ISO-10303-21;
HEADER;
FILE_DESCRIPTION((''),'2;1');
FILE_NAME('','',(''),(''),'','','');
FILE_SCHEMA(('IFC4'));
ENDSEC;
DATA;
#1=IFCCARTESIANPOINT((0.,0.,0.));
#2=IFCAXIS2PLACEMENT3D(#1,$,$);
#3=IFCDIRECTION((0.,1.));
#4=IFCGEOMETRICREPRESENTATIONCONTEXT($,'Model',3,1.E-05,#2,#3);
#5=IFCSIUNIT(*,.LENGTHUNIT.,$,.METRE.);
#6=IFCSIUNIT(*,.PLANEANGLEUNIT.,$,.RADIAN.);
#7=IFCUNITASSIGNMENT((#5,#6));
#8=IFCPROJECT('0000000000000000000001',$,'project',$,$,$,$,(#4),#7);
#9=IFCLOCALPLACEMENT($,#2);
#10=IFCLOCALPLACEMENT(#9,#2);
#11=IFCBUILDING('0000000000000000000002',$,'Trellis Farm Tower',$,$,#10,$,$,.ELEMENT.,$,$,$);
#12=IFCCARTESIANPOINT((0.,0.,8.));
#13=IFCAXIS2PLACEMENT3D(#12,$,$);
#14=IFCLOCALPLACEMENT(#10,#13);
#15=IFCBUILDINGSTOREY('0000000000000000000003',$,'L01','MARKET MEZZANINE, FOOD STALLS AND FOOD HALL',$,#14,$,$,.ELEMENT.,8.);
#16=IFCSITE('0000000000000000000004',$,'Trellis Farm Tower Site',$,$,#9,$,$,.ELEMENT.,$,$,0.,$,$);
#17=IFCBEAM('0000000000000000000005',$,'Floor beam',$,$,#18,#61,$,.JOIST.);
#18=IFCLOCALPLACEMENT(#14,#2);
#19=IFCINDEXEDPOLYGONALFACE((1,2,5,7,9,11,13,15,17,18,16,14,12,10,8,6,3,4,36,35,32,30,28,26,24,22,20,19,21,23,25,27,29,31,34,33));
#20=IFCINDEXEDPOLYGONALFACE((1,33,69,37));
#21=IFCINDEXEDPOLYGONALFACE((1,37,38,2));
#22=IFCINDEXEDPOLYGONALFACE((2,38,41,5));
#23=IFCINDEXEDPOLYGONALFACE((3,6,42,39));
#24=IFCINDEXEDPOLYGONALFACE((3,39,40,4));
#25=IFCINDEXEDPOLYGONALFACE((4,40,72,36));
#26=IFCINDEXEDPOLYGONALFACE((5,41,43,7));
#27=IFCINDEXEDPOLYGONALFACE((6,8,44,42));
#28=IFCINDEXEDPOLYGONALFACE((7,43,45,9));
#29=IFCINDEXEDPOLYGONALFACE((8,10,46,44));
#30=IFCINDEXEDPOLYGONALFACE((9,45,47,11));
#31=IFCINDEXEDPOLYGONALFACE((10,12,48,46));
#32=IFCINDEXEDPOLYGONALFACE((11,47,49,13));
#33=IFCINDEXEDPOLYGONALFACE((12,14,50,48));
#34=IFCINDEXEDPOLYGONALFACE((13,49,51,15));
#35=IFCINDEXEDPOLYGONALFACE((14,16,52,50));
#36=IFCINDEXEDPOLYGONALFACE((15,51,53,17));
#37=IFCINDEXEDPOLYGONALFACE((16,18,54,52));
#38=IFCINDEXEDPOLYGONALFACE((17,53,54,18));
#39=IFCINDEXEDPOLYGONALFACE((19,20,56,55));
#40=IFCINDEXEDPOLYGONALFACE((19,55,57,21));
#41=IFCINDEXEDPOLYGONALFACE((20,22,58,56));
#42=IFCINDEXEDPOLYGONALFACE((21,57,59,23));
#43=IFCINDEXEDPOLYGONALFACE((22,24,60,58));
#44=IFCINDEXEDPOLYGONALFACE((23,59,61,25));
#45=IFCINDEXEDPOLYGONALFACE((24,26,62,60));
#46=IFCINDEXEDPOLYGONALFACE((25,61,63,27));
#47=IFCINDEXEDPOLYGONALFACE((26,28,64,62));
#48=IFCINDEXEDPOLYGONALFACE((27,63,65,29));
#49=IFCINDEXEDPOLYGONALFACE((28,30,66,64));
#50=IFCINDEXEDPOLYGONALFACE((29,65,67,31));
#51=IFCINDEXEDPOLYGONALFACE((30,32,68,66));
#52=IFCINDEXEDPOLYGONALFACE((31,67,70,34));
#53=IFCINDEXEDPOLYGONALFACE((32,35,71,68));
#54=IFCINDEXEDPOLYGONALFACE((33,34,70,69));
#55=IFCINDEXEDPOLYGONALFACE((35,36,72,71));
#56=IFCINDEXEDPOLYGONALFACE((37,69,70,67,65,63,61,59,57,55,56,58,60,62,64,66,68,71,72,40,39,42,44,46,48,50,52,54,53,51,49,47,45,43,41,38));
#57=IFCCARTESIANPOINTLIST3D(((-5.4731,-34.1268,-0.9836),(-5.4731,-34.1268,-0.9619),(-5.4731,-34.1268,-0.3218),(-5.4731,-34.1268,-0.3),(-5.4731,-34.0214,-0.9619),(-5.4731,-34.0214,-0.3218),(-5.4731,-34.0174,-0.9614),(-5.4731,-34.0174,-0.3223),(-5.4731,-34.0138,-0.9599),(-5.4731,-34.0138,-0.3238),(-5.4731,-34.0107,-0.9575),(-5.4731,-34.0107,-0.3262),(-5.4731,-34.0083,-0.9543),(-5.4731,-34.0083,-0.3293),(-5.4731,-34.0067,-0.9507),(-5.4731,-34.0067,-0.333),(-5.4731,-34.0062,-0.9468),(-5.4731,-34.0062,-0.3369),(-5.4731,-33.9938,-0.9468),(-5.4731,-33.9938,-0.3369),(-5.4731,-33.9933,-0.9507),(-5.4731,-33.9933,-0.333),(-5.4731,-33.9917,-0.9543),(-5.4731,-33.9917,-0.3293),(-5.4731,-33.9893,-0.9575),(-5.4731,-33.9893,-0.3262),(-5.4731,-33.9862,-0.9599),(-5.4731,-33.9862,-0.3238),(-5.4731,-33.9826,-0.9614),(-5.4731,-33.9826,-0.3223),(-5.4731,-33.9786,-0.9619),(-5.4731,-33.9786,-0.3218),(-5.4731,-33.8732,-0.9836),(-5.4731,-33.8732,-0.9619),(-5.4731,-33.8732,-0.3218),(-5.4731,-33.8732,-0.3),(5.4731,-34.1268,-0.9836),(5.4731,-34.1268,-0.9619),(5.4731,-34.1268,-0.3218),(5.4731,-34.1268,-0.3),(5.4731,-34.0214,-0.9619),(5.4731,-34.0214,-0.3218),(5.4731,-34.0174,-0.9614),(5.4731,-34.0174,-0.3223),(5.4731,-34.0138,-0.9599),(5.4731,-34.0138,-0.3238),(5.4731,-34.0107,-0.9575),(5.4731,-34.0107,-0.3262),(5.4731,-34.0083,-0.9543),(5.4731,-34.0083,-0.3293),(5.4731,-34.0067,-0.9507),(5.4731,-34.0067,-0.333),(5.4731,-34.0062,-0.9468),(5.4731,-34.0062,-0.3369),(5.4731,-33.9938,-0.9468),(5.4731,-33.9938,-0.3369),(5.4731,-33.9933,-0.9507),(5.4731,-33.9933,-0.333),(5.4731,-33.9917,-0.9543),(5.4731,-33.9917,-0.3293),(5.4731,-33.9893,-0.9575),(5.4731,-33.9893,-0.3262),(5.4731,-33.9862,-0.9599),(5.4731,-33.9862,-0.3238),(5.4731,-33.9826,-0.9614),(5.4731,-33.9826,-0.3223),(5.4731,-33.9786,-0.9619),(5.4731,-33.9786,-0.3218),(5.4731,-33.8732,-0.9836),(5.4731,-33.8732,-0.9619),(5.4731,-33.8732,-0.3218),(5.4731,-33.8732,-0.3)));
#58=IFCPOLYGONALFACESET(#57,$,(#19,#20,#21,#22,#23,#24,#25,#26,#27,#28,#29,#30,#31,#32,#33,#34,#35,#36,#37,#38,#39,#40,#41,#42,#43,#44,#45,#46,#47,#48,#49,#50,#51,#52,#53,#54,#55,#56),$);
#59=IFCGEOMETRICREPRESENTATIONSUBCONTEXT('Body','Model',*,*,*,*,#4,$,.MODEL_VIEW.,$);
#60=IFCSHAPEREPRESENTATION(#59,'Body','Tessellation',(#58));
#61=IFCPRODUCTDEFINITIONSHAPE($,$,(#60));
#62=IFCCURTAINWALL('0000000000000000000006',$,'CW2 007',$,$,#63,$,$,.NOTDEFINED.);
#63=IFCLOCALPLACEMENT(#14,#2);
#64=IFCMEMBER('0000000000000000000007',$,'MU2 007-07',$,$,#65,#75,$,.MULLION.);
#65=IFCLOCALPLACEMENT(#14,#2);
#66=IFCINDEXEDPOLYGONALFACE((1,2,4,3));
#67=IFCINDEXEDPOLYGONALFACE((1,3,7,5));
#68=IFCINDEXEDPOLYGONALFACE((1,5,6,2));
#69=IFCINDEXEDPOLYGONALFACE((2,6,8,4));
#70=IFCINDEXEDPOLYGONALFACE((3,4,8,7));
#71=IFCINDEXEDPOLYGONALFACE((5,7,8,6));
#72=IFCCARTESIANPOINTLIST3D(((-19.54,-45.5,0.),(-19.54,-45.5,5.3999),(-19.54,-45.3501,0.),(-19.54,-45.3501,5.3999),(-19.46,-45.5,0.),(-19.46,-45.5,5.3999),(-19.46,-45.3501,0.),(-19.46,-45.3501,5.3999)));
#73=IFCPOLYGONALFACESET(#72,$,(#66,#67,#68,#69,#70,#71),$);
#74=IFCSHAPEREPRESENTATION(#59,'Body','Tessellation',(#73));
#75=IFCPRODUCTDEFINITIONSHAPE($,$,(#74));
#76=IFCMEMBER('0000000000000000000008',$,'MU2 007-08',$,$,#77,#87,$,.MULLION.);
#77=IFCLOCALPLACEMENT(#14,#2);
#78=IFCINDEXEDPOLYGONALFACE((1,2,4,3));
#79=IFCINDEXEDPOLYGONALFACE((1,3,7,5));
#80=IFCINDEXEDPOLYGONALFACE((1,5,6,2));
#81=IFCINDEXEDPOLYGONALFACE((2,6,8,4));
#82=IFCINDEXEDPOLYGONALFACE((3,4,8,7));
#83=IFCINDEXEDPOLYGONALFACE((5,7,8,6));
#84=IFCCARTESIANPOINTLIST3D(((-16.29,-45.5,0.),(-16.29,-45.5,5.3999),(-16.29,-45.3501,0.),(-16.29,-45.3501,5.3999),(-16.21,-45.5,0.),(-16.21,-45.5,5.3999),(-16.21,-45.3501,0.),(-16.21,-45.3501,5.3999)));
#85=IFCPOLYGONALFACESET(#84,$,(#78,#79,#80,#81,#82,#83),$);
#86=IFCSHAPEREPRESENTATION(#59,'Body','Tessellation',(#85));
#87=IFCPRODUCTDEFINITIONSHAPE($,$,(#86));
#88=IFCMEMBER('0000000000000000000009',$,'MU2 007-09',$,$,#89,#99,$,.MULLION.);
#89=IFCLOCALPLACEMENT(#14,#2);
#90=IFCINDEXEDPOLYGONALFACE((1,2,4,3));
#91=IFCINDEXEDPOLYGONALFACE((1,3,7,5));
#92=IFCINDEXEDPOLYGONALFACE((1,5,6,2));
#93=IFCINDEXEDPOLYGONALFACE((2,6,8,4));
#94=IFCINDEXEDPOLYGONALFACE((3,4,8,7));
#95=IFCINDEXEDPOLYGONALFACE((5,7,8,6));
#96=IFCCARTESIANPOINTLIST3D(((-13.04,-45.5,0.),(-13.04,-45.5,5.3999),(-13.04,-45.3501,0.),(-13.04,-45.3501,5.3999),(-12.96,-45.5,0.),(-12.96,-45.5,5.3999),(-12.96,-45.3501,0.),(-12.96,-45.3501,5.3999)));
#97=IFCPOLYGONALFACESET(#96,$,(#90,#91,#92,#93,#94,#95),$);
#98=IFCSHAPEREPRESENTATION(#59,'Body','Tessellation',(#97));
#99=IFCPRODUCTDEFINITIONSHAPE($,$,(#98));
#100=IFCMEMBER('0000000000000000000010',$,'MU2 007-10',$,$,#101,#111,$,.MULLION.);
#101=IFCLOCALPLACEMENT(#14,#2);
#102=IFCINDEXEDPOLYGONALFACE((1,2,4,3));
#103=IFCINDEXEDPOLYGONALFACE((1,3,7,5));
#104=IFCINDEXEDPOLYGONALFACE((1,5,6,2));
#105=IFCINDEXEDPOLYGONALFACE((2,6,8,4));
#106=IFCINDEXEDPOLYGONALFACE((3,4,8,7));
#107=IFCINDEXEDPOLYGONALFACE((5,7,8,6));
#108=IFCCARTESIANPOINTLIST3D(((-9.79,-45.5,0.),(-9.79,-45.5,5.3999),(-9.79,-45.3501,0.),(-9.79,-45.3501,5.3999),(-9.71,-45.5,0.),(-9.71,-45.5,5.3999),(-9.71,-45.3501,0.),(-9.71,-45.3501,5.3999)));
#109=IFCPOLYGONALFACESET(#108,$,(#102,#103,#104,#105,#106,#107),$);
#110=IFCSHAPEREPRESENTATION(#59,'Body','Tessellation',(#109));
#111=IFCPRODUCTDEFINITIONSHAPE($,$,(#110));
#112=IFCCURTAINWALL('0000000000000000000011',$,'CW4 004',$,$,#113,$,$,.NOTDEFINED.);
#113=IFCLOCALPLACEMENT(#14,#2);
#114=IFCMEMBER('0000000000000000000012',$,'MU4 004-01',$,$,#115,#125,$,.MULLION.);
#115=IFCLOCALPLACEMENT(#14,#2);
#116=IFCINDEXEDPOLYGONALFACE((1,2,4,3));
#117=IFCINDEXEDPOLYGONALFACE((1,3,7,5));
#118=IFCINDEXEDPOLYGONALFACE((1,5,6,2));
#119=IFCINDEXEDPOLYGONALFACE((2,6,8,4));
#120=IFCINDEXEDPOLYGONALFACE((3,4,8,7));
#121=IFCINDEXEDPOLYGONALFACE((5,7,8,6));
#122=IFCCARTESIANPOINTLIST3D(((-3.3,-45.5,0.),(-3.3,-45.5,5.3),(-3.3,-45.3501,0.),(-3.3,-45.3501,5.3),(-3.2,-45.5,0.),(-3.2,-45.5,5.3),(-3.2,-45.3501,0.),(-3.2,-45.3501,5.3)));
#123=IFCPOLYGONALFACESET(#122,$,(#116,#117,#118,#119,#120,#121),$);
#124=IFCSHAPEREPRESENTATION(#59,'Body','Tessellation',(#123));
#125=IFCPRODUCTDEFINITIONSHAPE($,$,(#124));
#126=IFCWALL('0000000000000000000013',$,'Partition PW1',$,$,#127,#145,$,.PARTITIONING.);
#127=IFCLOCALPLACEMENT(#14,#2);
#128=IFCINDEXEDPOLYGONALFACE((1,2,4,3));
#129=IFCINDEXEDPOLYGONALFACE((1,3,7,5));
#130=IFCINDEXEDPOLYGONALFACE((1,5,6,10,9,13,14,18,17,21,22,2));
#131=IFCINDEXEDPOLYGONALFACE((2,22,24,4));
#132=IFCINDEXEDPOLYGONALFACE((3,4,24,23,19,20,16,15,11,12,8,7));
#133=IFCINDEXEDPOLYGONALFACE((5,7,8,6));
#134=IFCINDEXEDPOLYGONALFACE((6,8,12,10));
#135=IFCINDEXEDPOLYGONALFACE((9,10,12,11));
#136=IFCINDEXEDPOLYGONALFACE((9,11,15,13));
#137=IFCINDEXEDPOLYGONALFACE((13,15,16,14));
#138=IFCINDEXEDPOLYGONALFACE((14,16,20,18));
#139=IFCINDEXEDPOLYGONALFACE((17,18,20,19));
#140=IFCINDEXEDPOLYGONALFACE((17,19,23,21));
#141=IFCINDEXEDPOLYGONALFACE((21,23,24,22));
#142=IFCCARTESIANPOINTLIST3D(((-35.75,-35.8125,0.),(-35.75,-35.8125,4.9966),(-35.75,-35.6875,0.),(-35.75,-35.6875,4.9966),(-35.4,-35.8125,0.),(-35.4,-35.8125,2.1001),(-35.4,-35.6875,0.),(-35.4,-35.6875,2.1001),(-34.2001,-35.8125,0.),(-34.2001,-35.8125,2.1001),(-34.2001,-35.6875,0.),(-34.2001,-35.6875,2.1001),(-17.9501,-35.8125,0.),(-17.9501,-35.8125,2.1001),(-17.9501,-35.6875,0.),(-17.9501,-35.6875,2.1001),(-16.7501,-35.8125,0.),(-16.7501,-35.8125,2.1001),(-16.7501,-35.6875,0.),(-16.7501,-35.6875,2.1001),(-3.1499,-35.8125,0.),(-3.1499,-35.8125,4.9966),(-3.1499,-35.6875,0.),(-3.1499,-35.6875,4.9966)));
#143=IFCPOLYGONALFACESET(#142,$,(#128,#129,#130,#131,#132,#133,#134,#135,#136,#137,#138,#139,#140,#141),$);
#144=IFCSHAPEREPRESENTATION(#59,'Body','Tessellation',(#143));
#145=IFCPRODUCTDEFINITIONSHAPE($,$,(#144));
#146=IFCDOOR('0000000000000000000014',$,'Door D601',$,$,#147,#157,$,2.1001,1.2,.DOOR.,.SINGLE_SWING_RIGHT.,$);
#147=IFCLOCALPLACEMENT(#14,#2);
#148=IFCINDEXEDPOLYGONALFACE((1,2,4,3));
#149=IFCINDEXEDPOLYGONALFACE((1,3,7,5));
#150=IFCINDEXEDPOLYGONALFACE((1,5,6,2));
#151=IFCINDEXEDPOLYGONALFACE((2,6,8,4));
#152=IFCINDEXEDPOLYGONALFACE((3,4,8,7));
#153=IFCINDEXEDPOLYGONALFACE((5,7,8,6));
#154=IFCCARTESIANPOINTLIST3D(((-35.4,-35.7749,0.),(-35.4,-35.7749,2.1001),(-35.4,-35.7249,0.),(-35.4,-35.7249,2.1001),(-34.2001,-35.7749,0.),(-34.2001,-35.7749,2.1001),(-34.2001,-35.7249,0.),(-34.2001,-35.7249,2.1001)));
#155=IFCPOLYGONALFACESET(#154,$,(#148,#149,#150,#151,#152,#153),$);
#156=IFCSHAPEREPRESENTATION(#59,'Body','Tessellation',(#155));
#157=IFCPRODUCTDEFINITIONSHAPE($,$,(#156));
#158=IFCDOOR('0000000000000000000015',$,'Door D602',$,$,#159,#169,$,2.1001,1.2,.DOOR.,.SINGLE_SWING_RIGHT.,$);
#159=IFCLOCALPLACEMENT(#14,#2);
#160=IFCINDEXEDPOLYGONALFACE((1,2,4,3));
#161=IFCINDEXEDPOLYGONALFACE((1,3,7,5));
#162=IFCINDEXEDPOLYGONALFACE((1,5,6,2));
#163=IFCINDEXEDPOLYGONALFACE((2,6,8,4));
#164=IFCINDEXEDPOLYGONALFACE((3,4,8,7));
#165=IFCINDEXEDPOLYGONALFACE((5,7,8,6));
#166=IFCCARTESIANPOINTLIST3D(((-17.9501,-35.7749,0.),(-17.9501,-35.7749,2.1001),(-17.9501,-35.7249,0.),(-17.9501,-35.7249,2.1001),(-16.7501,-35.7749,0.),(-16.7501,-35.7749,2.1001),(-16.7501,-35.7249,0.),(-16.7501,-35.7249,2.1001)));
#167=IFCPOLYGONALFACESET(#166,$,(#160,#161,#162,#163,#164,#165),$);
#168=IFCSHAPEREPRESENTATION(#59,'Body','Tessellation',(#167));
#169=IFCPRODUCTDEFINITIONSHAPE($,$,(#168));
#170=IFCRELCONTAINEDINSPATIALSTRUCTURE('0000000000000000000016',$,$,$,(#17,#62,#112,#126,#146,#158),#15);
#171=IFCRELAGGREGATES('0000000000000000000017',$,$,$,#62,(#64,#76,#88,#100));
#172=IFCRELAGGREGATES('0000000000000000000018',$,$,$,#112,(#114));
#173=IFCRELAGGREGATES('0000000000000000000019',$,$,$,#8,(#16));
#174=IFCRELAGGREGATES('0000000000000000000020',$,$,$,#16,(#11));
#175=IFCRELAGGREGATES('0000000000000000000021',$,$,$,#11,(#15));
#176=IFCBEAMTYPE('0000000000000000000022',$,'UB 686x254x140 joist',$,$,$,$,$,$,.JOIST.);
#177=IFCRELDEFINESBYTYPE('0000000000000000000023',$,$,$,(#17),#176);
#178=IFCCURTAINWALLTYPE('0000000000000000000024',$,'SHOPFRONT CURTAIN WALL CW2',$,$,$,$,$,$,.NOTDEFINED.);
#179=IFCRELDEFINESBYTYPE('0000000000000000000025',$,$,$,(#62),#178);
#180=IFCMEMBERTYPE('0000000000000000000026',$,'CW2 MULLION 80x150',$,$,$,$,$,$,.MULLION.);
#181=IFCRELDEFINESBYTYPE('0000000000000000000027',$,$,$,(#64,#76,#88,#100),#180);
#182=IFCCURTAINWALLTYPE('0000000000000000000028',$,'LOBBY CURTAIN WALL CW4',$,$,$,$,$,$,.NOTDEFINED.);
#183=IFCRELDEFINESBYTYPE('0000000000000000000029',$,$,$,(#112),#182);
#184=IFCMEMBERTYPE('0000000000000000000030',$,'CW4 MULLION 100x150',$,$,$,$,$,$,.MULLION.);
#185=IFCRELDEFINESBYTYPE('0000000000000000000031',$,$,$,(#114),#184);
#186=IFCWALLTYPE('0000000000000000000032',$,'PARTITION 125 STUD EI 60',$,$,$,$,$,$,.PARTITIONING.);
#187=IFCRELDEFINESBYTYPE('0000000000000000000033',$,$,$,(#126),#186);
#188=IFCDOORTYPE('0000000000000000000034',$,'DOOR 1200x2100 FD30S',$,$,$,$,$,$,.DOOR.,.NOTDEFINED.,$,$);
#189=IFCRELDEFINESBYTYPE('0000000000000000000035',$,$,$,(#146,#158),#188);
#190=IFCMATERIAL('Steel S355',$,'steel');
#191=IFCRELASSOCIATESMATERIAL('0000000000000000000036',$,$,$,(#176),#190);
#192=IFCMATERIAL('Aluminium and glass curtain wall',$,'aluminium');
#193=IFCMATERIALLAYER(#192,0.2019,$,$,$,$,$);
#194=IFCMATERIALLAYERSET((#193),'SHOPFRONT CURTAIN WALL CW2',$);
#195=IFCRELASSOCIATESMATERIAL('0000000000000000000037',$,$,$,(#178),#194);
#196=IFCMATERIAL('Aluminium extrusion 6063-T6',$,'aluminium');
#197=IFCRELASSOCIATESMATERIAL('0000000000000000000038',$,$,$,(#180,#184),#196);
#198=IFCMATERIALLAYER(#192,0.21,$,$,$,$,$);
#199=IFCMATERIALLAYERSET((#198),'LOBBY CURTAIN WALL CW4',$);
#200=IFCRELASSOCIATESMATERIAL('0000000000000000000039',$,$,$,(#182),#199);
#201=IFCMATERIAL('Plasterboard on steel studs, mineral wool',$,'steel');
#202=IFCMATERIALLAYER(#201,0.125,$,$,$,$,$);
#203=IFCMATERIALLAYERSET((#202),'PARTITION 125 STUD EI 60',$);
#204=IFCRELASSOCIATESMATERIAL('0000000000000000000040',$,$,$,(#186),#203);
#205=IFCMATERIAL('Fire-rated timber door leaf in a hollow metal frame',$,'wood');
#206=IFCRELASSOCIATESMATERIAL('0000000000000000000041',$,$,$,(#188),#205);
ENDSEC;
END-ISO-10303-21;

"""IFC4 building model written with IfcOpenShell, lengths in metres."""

from ifc_helpers import new_model, si_unit, direction, frame, frame_2d, origin, origin_2d, place, context, subcontext, project, spatial, rectangle, i_section, extrude, source, transform, mapped, material, layer, layer_set, material_profile, profile_set, type_object, element, fill, aggregate, save


model = new_model("IFC4")

# Units and contexts
model_context = context("Model", 3, precision=1e-05, world=origin(), true_north=direction((0.0, 1.0)))
body_context = subcontext(model_context, "Body", "Model", "MODEL_VIEW")
ifc_project = project(units=[si_unit("LENGTHUNIT", "METRE"), si_unit("PLANEANGLEUNIT", "RADIAN")], contexts=[model_context])

# Site, building, storey
site_placement = place(None, origin())
site = spatial("IfcSite", under=ifc_project, at=site_placement, Name="Trellis Farm Tower Site", CompositionType="ELEMENT", RefElevation=0.0)
building_placement = place(site_placement, origin())
building = spatial("IfcBuilding", under=site, at=building_placement, Name="Trellis Farm Tower", CompositionType="ELEMENT")
storey_placement = place(building_placement, frame((0.0, 0.0, 8.0)))
storey = spatial("IfcBuildingStorey", under=building, at=storey_placement, Name="L01", Description="MARKET MEZZANINE, FOOD STALLS AND FOOD HALL", CompositionType="ELEMENT", Elevation=8.0)

# Beam
ifc_material_1 = material(Name="Steel S355", Category="steel")
ifc_material_profile_1 = material_profile(ifc_material_1, i_section(OverallWidth=0.2537, OverallDepth=0.6836, WebThickness=0.0125, FlangeThickness=0.0217, FilletRadius=0.0151, at=origin_2d()), Name="UB 686x254x140")
ifc_profile_set_1 = profile_set([ifc_material_profile_1], Name="Steel S355")
beam_type_1 = type_object("IfcBeamType", Name="UB 686x254x140 joist", PredefinedType="JOIST", material=ifc_profile_set_1)
shared_shape_1 = source(origin(), body_context, "Body", "SweptSolid", [
    extrude(i_section(OverallWidth=0.2537, OverallDepth=0.6836, WebThickness=0.0125, FlangeThickness=0.0217, FilletRadius=0.0151, at=origin_2d()), origin(), (0.0, 0.0, 1.0), 10.9463),
])
for number, where, z_axis, x_axis, name in (
    (1, (-5.4731, -34.0, -0.6418), (1.0, 0.0, 0.0), (0.0, 1.0, 0.0), "Floor beam"),
):
    element("IfcBeam", number, at=place(storey_placement, frame(where, z_axis=z_axis, x_axis=x_axis)), inside=storey, type_object=beam_type_1, Name=name, PredefinedType="JOIST", context=body_context, shape_type="MappedRepresentation", body=[
        mapped(shared_shape_1, transform((0.0, 0.0, 0.0))),
    ])

# Curtain wall, members
ifc_material_2 = material(Name="Aluminium and glass curtain wall", Category="aluminium")
ifc_layer_1 = layer(ifc_material_2, 0.2019)
ifc_layer_set_1 = layer_set([ifc_layer_1], Name="SHOPFRONT CURTAIN WALL CW2")
curtain_wall_type_1 = type_object("IfcCurtainWallType", Name="SHOPFRONT CURTAIN WALL CW2", PredefinedType="NOTDEFINED", material=ifc_layer_set_1)
placement = place(storey_placement, origin())
curtain_wall_1 = element("IfcCurtainWall", 2, at=placement, inside=storey, type_object=curtain_wall_type_1, Name="CW2 007", PredefinedType="NOTDEFINED")
ifc_material_3 = material(Name="Aluminium extrusion 6063-T6", Category="aluminium")
ifc_material_profile_2 = material_profile(ifc_material_3, rectangle(XDim=0.0801, YDim=0.1499, at=origin_2d()), Name="MULLION 80x150")
ifc_profile_set_2 = profile_set([ifc_material_profile_2], Name="Aluminium extrusion 6063-T6")
member_type_1 = type_object("IfcMemberType", Name="CW2 MULLION 80x150", PredefinedType="MULLION", material=ifc_profile_set_2)
shared_shape_2 = source(origin(), body_context, "Body", "SweptSolid", [
    extrude(rectangle(XDim=0.0801, YDim=0.1499, at=origin_2d()), origin(), (0.0, 0.0, 1.0), 5.3999),
])
member_1_placement = place(storey_placement, frame((-19.5, -45.425, 0.0), z_axis=(0.0, 0.0, 1.0), x_axis=(1.0, 0.0, 0.0)))
member_1 = element("IfcMember", 3, at=member_1_placement, type_object=member_type_1, Name="MU2 007-07", PredefinedType="MULLION", context=body_context, shape_type="MappedRepresentation", body=[
    mapped(shared_shape_2, transform((0.0, 0.0, 0.0))),
])
member_2_placement = place(storey_placement, frame((-16.25, -45.425, 0.0), z_axis=(0.0, 0.0, 1.0), x_axis=(1.0, 0.0, 0.0)))
member_2 = element("IfcMember", 4, at=member_2_placement, type_object=member_type_1, Name="MU2 007-08", PredefinedType="MULLION", context=body_context, shape_type="MappedRepresentation", body=[
    mapped(shared_shape_2, transform((0.0, 0.0, 0.0))),
])
member_3_placement = place(storey_placement, frame((-13.0, -45.425, 0.0), z_axis=(0.0, 0.0, 1.0), x_axis=(1.0, 0.0, 0.0)))
member_3 = element("IfcMember", 5, at=member_3_placement, type_object=member_type_1, Name="MU2 007-09", PredefinedType="MULLION", context=body_context, shape_type="MappedRepresentation", body=[
    mapped(shared_shape_2, transform((0.0, 0.0, 0.0))),
])
member_4_placement = place(storey_placement, frame((-9.75, -45.425, 0.0), z_axis=(0.0, 0.0, 1.0), x_axis=(1.0, 0.0, 0.0)))
member_4 = element("IfcMember", 6, at=member_4_placement, type_object=member_type_1, Name="MU2 007-10", PredefinedType="MULLION", context=body_context, shape_type="MappedRepresentation", body=[
    mapped(shared_shape_2, transform((0.0, 0.0, 0.0))),
])
aggregate(curtain_wall_1, [member_1, member_2, member_3, member_4])

# Curtain wall, member
ifc_layer_2 = layer(ifc_material_2, 0.21)
ifc_layer_set_2 = layer_set([ifc_layer_2], Name="LOBBY CURTAIN WALL CW4")
curtain_wall_type_2 = type_object("IfcCurtainWallType", Name="LOBBY CURTAIN WALL CW4", PredefinedType="NOTDEFINED", material=ifc_layer_set_2)
curtain_wall_2 = element("IfcCurtainWall", 7, at=placement, inside=storey, type_object=curtain_wall_type_2, Name="CW4 004", PredefinedType="NOTDEFINED")
ifc_material_profile_3 = material_profile(ifc_material_3, rectangle(XDim=0.1001, YDim=0.1499, at=origin_2d()), Name="MULLION 100x150")
ifc_profile_set_3 = profile_set([ifc_material_profile_3], Name="Aluminium extrusion 6063-T6")
member_type_2 = type_object("IfcMemberType", Name="CW4 MULLION 100x150", PredefinedType="MULLION", material=ifc_profile_set_3)
shared_shape_3 = source(origin(), body_context, "Body", "SweptSolid", [
    extrude(rectangle(XDim=0.1001, YDim=0.1499, at=origin_2d()), origin(), (0.0, 0.0, 1.0), 5.3),
])
member_5_placement = place(storey_placement, frame((-3.25, -45.425, 0.0), z_axis=(0.0, 0.0, 1.0), x_axis=(1.0, 0.0, 0.0)))
member_5 = element("IfcMember", 8, at=member_5_placement, type_object=member_type_2, Name="MU4 004-01", PredefinedType="MULLION", context=body_context, shape_type="MappedRepresentation", body=[
    mapped(shared_shape_3, transform((0.0, 0.0, 0.0))),
])
aggregate(curtain_wall_2, [member_5])

# Wall, openings, doors
ifc_material_4 = material(Name="Plasterboard on steel studs, mineral wool", Category="steel")
ifc_layer_3 = layer(ifc_material_4, 0.125)
ifc_layer_set_3 = layer_set([ifc_layer_3], Name="PARTITION 125 STUD EI 60")
wall_type_1 = type_object("IfcWallType", Name="PARTITION 125 STUD EI 60", PredefinedType="PARTITIONING", material=ifc_layer_set_3)
wall_1_placement = place(storey_placement, frame((-3.1499, -35.75, 0.0), z_axis=(0.0, 0.0, 1.0), x_axis=(-1.0, 0.0, 0.0)))
wall_1 = element("IfcWall", 9, at=wall_1_placement, inside=storey, type_object=wall_type_1, Name="Partition PW1", PredefinedType="PARTITIONING", context=body_context, shape_type="SweptSolid", body=[
    extrude(rectangle(XDim=32.6001, YDim=0.125, at=frame_2d((16.3, 0.0))), origin(), (0.0, 0.0, 1.0), 4.9966),
])
shared_shape_4 = source(origin(), body_context, "Body", "SweptSolid", [
    extrude(rectangle(XDim=1.2, YDim=2.1001, at=frame_2d((0.6001, 1.05))), frame((0.0, 0.0725, 0.0), z_axis=(0.0, -1.0, 0.0), x_axis=(1.0, 0.0, 0.0)), (0.0, 0.0, 1.0), 0.145),
])
opening_1_placement = place(wall_1_placement, frame((31.05, 0.0, 0.0)))
opening_1 = element("IfcOpeningElement", 10, at=opening_1_placement, cuts=wall_1, PredefinedType="OPENING", context=body_context, shape_type="MappedRepresentation", body=[
    mapped(shared_shape_4, transform((0.0, 0.0, 0.0))),
])
opening_2_placement = place(wall_1_placement, frame((13.6001, 0.0, 0.0)))
opening_2 = element("IfcOpeningElement", 11, at=opening_2_placement, cuts=wall_1, PredefinedType="OPENING", context=body_context, shape_type="MappedRepresentation", body=[
    mapped(shared_shape_4, transform((0.0, 0.0, 0.0))),
])
ifc_material_5 = material(Name="Fire-rated timber door leaf in a hollow metal frame", Category="wood")
door_type_1 = type_object("IfcDoorType", Name="DOOR 1200x2100 FD30S", OperationType="NOTDEFINED", PredefinedType="DOOR", material=ifc_material_5)
shared_shape_5 = source(origin(), body_context, "Body", "SweptSolid", [
    extrude(rectangle(XDim=1.2, YDim=2.1001, at=frame_2d((0.6001, 1.05))), frame((0.0, 0.0249, 0.0), z_axis=(0.0, -1.0, 0.0), x_axis=(1.0, 0.0, 0.0)), (0.0, 0.0, 1.0), 0.05),
])
door_1_placement = place(opening_1_placement, origin())
door_1 = element("IfcDoor", 12, at=door_1_placement, inside=storey, type_object=door_type_1, Name="Door D601", OperationType="SINGLE_SWING_RIGHT", OverallHeight=2.1001, OverallWidth=1.2, PredefinedType="DOOR", context=body_context, shape_type="MappedRepresentation", body=[
    mapped(shared_shape_5, transform((0.0, 0.0, 0.0))),
])
fill(opening_1, door_1)
door_2_placement = place(opening_2_placement, origin())
door_2 = element("IfcDoor", 13, at=door_2_placement, inside=storey, type_object=door_type_1, Name="Door D602", OperationType="SINGLE_SWING_RIGHT", OverallHeight=2.1001, OverallWidth=1.2, PredefinedType="DOOR", context=body_context, shape_type="MappedRepresentation", body=[
    mapped(shared_shape_5, transform((0.0, 0.0, 0.0))),
])
fill(opening_2, door_2)

save(model, "model.ifc")
